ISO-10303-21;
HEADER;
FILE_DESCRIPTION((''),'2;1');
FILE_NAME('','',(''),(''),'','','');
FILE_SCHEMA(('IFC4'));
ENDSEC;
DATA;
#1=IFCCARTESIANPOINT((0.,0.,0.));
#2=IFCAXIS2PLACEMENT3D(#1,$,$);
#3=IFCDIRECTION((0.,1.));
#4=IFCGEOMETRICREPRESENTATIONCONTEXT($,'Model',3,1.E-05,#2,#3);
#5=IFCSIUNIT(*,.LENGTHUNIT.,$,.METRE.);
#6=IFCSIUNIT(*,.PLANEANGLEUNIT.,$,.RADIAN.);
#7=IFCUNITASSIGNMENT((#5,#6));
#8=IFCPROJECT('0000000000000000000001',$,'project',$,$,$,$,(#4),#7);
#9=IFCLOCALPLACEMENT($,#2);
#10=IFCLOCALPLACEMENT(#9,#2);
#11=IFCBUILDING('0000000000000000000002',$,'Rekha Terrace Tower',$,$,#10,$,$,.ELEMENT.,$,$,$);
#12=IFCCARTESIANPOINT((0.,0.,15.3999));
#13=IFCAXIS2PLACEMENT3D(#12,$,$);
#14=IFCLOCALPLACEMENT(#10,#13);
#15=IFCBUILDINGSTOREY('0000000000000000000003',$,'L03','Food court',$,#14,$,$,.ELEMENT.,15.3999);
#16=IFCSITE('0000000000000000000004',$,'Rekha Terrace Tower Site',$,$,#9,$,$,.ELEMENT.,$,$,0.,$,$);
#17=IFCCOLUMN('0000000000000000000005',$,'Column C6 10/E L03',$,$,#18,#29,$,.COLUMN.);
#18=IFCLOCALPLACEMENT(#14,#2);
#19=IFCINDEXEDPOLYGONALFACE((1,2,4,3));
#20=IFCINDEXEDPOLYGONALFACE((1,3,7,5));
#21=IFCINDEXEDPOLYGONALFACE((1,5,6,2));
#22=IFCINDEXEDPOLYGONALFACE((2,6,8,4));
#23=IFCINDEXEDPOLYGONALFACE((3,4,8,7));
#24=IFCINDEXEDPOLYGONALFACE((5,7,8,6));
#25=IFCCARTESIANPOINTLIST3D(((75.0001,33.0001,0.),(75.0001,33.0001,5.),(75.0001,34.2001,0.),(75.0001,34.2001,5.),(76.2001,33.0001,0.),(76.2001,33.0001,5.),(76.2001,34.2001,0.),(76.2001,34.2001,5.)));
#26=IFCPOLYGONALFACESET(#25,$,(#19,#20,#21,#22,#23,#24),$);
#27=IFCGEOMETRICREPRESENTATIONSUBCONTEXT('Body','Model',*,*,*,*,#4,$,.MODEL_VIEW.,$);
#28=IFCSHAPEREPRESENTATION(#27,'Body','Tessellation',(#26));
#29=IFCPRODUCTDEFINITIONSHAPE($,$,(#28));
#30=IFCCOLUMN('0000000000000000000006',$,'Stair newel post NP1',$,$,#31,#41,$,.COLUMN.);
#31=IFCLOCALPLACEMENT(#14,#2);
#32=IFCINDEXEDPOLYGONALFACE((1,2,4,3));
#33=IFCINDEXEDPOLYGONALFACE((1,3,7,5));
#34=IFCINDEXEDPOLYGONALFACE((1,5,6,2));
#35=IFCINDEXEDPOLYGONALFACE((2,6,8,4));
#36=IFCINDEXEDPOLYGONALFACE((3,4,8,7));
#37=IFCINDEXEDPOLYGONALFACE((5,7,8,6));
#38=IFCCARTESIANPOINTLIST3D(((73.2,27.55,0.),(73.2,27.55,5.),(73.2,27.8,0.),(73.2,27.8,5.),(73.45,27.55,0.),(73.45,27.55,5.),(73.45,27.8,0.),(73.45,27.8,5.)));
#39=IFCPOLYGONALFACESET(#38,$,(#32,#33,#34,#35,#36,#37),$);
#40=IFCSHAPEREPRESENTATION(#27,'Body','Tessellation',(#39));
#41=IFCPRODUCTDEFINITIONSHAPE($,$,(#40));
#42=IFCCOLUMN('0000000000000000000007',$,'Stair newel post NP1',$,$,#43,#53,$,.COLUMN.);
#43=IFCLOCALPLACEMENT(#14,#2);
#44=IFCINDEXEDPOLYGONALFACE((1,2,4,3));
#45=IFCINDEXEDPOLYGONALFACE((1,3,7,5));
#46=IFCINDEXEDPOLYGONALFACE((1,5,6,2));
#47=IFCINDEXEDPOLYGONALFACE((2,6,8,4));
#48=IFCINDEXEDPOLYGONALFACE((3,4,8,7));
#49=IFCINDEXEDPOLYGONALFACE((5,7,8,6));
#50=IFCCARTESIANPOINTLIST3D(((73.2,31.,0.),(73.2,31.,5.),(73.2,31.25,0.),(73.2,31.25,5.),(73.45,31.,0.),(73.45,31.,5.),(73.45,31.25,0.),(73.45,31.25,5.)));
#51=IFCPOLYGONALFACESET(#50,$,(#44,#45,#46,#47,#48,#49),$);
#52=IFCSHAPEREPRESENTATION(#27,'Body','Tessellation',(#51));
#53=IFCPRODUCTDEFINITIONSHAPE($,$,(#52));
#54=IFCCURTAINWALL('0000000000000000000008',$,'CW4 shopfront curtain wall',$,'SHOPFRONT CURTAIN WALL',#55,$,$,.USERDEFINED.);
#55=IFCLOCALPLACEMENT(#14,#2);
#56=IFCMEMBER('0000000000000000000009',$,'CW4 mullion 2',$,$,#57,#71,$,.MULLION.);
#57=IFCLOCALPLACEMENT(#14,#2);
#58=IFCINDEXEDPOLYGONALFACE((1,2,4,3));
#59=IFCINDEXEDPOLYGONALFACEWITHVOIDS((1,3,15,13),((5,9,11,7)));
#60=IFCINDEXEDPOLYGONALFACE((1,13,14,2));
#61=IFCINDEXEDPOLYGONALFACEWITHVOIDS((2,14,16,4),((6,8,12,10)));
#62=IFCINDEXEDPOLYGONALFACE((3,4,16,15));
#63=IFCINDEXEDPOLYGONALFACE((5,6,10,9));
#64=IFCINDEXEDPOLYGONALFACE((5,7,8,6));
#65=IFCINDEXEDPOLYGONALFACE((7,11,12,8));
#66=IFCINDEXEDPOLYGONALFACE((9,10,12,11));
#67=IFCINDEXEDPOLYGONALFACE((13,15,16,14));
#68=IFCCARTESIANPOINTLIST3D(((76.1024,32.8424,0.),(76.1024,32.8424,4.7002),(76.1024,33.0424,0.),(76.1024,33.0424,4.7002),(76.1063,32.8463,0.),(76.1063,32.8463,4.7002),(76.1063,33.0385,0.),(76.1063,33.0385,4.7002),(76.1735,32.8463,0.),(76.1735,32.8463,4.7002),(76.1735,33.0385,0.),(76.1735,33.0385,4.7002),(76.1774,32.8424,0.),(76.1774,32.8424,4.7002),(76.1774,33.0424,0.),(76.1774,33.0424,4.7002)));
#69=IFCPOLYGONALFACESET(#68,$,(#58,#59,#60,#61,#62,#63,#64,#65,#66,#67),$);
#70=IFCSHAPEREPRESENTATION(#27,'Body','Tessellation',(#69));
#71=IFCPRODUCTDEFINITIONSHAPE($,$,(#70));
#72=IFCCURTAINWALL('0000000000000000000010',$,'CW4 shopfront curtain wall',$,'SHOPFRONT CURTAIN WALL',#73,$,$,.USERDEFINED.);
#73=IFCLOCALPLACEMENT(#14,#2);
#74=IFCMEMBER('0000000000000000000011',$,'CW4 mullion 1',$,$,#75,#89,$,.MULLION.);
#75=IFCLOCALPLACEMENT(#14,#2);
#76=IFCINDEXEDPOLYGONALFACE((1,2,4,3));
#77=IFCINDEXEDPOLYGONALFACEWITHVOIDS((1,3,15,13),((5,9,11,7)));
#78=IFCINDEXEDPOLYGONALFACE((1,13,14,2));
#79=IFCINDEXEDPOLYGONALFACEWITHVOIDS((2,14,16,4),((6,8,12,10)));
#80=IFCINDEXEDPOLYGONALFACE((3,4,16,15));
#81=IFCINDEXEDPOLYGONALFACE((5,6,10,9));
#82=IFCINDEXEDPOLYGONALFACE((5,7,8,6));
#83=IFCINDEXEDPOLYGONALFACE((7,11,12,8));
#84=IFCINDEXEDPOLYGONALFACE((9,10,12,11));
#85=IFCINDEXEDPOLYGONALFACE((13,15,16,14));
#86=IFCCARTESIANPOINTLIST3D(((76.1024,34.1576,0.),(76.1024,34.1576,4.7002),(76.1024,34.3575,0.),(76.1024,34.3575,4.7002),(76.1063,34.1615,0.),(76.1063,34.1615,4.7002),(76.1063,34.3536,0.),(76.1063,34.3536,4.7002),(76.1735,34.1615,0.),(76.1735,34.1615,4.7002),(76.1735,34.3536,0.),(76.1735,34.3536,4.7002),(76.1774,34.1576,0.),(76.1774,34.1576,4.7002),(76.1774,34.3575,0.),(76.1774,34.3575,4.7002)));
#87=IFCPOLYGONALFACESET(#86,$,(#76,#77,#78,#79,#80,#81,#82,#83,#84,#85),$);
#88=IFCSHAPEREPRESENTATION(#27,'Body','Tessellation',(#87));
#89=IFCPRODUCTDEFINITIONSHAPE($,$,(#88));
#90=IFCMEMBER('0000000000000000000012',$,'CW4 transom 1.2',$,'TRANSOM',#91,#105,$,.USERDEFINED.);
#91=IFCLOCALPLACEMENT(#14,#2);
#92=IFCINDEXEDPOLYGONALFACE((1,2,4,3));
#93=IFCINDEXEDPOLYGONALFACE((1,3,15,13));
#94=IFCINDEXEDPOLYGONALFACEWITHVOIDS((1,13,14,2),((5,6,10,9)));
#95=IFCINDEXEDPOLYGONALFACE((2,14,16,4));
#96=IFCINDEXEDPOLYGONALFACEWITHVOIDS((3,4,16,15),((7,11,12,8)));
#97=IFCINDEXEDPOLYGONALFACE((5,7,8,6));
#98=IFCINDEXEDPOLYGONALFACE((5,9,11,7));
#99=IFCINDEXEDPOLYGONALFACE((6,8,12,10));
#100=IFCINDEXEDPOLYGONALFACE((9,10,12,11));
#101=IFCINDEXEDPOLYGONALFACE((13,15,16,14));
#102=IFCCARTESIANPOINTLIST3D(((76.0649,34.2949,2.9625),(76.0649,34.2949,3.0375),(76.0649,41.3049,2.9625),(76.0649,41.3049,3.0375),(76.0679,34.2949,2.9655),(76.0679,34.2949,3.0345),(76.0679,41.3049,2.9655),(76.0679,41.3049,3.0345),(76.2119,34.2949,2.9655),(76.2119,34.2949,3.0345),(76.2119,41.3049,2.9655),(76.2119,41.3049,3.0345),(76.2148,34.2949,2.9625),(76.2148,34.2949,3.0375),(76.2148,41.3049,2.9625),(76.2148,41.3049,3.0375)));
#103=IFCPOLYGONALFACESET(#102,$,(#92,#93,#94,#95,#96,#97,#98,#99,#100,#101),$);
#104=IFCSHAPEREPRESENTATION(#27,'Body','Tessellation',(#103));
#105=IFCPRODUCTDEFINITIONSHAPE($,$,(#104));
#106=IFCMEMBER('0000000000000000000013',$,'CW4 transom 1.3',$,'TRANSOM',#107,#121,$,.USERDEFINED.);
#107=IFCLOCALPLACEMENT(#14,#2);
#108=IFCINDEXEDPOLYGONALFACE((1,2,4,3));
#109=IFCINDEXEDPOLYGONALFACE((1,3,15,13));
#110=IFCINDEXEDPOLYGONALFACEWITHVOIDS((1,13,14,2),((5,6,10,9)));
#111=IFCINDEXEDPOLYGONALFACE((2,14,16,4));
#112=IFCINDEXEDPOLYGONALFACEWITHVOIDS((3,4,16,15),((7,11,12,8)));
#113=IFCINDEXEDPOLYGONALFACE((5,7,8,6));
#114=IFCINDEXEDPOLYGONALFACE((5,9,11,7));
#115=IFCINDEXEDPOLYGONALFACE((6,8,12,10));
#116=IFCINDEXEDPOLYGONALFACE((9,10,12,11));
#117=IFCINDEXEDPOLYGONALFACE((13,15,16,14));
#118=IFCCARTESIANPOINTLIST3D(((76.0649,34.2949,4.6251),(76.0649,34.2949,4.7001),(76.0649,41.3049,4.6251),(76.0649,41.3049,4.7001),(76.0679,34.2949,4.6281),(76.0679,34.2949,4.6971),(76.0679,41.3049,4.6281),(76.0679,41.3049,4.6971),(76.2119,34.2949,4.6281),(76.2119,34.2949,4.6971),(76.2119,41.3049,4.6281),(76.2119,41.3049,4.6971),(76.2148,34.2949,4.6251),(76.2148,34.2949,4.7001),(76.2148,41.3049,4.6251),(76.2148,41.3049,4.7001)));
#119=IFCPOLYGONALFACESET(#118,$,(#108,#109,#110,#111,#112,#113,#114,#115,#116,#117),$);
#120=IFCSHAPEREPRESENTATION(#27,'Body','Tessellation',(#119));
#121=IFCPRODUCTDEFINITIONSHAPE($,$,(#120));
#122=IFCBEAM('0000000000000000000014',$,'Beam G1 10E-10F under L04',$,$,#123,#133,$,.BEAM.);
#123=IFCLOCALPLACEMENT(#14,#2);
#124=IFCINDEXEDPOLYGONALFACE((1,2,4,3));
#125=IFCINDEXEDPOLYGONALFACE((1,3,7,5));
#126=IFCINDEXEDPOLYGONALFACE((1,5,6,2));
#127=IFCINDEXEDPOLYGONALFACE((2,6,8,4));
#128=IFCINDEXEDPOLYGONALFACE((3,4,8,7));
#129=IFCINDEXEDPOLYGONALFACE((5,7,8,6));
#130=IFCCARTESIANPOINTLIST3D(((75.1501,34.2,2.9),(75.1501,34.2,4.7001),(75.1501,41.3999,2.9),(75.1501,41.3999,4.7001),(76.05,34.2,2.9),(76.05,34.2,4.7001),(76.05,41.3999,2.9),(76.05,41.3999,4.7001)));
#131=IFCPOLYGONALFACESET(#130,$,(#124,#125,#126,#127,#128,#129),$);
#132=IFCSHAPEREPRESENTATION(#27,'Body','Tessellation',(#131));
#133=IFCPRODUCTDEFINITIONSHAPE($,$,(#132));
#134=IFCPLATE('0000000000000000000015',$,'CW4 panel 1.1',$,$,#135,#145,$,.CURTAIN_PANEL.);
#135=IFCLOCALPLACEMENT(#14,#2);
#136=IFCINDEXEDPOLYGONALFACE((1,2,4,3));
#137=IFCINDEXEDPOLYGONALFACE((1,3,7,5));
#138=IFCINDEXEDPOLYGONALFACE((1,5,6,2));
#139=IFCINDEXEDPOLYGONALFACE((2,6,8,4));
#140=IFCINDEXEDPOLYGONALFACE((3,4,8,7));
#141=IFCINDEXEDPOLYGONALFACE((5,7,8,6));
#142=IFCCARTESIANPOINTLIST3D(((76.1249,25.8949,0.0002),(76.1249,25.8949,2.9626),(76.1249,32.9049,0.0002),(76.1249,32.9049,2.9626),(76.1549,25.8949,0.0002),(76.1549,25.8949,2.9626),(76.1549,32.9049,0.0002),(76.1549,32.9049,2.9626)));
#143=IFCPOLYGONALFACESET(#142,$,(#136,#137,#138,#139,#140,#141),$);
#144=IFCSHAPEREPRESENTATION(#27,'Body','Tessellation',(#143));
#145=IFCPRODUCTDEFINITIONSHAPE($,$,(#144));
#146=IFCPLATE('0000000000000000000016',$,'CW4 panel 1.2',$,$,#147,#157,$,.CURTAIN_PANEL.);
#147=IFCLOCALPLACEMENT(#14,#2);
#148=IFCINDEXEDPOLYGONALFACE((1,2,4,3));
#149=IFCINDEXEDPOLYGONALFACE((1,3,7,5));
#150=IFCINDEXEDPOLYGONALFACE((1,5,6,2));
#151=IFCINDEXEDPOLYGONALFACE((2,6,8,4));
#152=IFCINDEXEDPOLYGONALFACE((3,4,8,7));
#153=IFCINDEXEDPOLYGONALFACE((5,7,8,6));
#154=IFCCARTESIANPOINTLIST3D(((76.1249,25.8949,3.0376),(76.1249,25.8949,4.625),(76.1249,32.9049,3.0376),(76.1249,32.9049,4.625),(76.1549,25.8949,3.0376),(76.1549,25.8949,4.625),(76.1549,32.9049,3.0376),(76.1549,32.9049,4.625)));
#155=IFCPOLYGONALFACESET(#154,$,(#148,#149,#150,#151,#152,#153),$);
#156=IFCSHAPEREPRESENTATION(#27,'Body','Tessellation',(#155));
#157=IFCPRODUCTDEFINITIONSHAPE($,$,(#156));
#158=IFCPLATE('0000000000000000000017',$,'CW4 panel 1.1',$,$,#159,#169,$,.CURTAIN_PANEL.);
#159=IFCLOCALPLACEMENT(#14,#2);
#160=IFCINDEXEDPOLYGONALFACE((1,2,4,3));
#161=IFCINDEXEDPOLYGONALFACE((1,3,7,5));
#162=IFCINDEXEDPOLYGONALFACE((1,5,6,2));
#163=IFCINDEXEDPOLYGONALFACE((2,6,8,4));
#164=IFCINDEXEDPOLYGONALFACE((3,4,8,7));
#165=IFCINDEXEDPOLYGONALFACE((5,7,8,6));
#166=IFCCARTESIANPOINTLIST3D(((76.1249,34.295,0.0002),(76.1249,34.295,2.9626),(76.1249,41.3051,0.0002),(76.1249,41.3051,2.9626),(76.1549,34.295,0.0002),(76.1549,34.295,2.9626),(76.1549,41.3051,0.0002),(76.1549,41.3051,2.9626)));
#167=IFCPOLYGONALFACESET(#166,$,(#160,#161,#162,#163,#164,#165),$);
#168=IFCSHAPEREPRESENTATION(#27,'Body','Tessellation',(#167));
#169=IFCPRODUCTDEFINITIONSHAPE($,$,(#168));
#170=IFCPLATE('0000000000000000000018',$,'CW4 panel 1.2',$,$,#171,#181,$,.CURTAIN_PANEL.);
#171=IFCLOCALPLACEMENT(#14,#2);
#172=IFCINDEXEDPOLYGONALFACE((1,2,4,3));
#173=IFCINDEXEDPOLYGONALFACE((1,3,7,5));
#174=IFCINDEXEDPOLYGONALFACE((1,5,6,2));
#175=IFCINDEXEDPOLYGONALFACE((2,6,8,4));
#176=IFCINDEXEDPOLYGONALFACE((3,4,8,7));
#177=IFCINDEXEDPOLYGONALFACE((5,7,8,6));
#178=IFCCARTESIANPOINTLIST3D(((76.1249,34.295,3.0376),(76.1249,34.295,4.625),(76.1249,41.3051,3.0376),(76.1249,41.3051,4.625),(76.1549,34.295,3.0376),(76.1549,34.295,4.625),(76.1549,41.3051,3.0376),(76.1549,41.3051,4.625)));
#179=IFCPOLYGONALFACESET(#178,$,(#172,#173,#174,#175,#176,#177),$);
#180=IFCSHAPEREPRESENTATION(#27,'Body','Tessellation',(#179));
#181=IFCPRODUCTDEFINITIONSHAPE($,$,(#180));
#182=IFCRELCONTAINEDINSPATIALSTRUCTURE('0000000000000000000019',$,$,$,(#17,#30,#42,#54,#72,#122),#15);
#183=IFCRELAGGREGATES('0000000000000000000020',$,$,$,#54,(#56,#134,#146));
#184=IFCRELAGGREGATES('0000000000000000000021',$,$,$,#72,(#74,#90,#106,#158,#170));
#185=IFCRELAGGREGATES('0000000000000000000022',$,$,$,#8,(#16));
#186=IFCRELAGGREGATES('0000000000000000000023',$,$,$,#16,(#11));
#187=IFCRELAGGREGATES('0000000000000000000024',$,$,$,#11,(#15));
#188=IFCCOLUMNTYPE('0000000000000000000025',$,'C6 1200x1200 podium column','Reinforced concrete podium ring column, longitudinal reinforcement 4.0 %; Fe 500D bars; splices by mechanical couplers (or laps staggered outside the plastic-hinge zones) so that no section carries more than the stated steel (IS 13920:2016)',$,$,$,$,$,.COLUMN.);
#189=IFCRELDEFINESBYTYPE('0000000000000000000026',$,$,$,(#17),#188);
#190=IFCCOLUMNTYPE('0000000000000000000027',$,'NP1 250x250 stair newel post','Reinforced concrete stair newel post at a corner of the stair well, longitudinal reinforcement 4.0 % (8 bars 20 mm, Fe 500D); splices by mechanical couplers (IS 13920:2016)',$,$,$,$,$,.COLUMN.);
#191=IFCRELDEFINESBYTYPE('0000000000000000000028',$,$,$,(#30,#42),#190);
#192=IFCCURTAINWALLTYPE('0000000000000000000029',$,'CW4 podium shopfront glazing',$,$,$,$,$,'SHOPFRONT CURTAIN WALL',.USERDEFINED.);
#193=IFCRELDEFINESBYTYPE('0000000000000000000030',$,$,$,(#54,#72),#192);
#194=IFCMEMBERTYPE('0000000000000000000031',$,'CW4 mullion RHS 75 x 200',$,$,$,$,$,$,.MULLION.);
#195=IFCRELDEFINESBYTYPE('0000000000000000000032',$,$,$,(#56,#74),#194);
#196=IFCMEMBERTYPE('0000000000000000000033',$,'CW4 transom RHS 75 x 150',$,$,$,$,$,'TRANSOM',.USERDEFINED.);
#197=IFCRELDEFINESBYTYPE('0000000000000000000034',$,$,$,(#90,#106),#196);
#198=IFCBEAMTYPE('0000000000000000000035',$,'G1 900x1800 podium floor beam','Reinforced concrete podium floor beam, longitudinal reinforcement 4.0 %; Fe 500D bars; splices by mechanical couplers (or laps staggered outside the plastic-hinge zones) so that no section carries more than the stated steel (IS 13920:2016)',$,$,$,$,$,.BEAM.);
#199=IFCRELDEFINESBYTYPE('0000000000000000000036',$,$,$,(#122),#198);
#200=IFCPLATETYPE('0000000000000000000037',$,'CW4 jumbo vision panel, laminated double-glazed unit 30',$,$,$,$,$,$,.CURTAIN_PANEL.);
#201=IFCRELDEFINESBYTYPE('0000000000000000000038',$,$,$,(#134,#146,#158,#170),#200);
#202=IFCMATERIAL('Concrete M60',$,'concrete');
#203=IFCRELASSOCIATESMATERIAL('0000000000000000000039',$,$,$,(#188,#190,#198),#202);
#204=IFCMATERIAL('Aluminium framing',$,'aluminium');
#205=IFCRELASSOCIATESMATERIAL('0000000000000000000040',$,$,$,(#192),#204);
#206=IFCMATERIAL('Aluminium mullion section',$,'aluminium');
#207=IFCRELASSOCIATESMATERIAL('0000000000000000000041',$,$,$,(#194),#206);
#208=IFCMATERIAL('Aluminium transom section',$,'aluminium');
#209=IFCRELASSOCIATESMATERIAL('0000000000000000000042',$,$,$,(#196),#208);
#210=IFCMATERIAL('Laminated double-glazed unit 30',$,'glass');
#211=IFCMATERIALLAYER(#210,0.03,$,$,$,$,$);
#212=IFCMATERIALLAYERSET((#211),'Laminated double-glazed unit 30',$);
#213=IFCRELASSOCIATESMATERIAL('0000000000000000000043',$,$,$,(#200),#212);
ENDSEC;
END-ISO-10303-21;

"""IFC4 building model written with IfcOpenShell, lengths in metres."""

from ifc_helpers import new_model, si_unit, direction, frame, origin, origin_2d, place, context, subcontext, project, spatial, rectangle, hollow_rectangle, extrude, material, layer, layer_set, material_profile, profile_set, type_object, element, aggregate, save


model = new_model("IFC4")

# Units and contexts
model_context = context("Model", 3, precision=1e-05, world=origin(), true_north=direction((0.0, 1.0)))
body_context = subcontext(model_context, "Body", "Model", "MODEL_VIEW")
ifc_project = project(units=[si_unit("LENGTHUNIT", "METRE"), si_unit("PLANEANGLEUNIT", "RADIAN")], contexts=[model_context])

# Site, building, storey
site_placement = place(None, origin())
site = spatial("IfcSite", under=ifc_project, at=site_placement, Name="Rekha Terrace Tower Site", CompositionType="ELEMENT", RefElevation=0.0)
building_placement = place(site_placement, origin())
building = spatial("IfcBuilding", under=site, at=building_placement, Name="Rekha Terrace Tower", CompositionType="ELEMENT")
storey_placement = place(building_placement, frame((0.0, 0.0, 15.3999)))
storey = spatial("IfcBuildingStorey", under=building, at=storey_placement, Name="L03", Description="Food court", CompositionType="ELEMENT", Elevation=15.3999)

# Columns
ifc_material_1 = material(Name="Concrete M60", Category="concrete")
ifc_material_profile_1 = material_profile(ifc_material_1, rectangle(XDim=1.2, YDim=1.2, at=origin_2d()), Name="RC 1200x1200")
ifc_profile_set_1 = profile_set([ifc_material_profile_1], Name="Concrete M60")
column_type_1 = type_object("IfcColumnType", Name="C6 1200x1200 podium column", Description="Reinforced concrete podium ring column, longitudinal reinforcement 4.0 %; Fe 500D bars; splices by mechanical couplers (or laps staggered outside the plastic-hinge zones) so that no section carries more than the stated steel (IS 13920:2016)", PredefinedType="COLUMN", material=ifc_profile_set_1)
column_placement = place(storey_placement, frame((75.6001, 33.6001, 0.0), z_axis=(0.0, 0.0, 1.0), x_axis=(1.0, 0.0, 0.0)))
element("IfcColumn", 1, at=column_placement, inside=storey, type_object=column_type_1, Name="Column C6 10/E L03", PredefinedType="COLUMN", context=body_context, shape_type="SweptSolid", body=[
    extrude(rectangle(XDim=1.2, YDim=1.2, at=origin_2d()), origin(), (0.0, 0.0, 1.0), 5.0),
])
ifc_material_profile_2 = material_profile(ifc_material_1, rectangle(XDim=0.25, YDim=0.25, at=origin_2d()), Name="RC 250x250")
ifc_profile_set_2 = profile_set([ifc_material_profile_2], Name="Concrete M60")
column_type_2 = type_object("IfcColumnType", Name="NP1 250x250 stair newel post", Description="Reinforced concrete stair newel post at a corner of the stair well, longitudinal reinforcement 4.0 % (8 bars 20 mm, Fe 500D); splices by mechanical couplers (IS 13920:2016)", PredefinedType="COLUMN", material=ifc_profile_set_2)
for number, where, z_axis, x_axis, name in (
    (2, (73.325, 27.675, 0.0), (0.0, 0.0, 1.0), (1.0, 0.0, 0.0), "Stair newel post NP1"),
    (3, (73.325, 31.125, 0.0), (0.0, 0.0, 1.0), (1.0, 0.0, 0.0), "Stair newel post NP1"),
):
    element("IfcColumn", number, at=place(storey_placement, frame(where, z_axis=z_axis, x_axis=x_axis)), inside=storey, type_object=column_type_2, Name=name, PredefinedType="COLUMN", context=body_context, shape_type="SweptSolid", body=[
        extrude(rectangle(XDim=0.25, YDim=0.25, at=origin_2d()), origin(), (0.0, 0.0, 1.0), 5.0),
    ])

# Curtain wall, member
ifc_material_2 = material(Name="Aluminium framing", Category="aluminium")
curtain_wall_type = type_object("IfcCurtainWallType", Name="CW4 podium shopfront glazing", ElementType="SHOPFRONT CURTAIN WALL", PredefinedType="USERDEFINED", material=ifc_material_2)
curtain_wall_1_placement = place(storey_placement, origin())
curtain_wall_1 = element("IfcCurtainWall", 4, at=curtain_wall_1_placement, inside=storey, type_object=curtain_wall_type, Name="CW4 shopfront curtain wall", ObjectType="SHOPFRONT CURTAIN WALL", PredefinedType="USERDEFINED")
ifc_material_3 = material(Name="Aluminium mullion section", Category="aluminium")
ifc_material_profile_3 = material_profile(ifc_material_3, hollow_rectangle(XDim=0.075, YDim=0.2, WallThickness=0.0039, at=origin_2d()), Name="AL RHS 75x200")
ifc_profile_set_3 = profile_set([ifc_material_profile_3], Name="Aluminium mullion section")
member_type_1 = type_object("IfcMemberType", Name="CW4 mullion RHS 75 x 200", PredefinedType="MULLION", material=ifc_profile_set_3)
member_1_placement = place(storey_placement, frame((76.1399, 32.9424, 0.0), z_axis=(0.0, 0.0, 1.0), x_axis=(-1.0, 0.0, 0.0)))
member_1 = element("IfcMember", 5, at=member_1_placement, type_object=member_type_1, Name="CW4 mullion 2", PredefinedType="MULLION", context=body_context, shape_type="SweptSolid", body=[
    extrude(hollow_rectangle(XDim=0.075, YDim=0.2, WallThickness=0.0039, at=origin_2d()), origin(), (0.0, 0.0, 1.0), 4.7002),
])

# Curtain wall, members
curtain_wall_2_placement = place(storey_placement, origin())
curtain_wall_2 = element("IfcCurtainWall", 6, at=curtain_wall_2_placement, inside=storey, type_object=curtain_wall_type, Name="CW4 shopfront curtain wall", ObjectType="SHOPFRONT CURTAIN WALL", PredefinedType="USERDEFINED")
member_2_placement = place(storey_placement, frame((76.1399, 34.2576, 0.0), z_axis=(0.0, 0.0, 1.0), x_axis=(-1.0, 0.0, 0.0)))
member_2 = element("IfcMember", 7, at=member_2_placement, type_object=member_type_1, Name="CW4 mullion 1", PredefinedType="MULLION", context=body_context, shape_type="SweptSolid", body=[
    extrude(hollow_rectangle(XDim=0.075, YDim=0.2, WallThickness=0.0039, at=origin_2d()), origin(), (0.0, 0.0, 1.0), 4.7002),
])
ifc_material_4 = material(Name="Aluminium transom section", Category="aluminium")
ifc_material_profile_4 = material_profile(ifc_material_4, hollow_rectangle(XDim=0.1499, YDim=0.075, WallThickness=0.0029, at=origin_2d()), Name="AL RHS 150x75")
ifc_profile_set_4 = profile_set([ifc_material_profile_4], Name="Aluminium transom section")
member_type_2 = type_object("IfcMemberType", Name="CW4 transom RHS 75 x 150", ElementType="TRANSOM", PredefinedType="USERDEFINED", material=ifc_profile_set_4)
member_3_placement = place(storey_placement, frame((76.1399, 34.2949, 3.0), z_axis=(0.0, 1.0, 0.0), x_axis=(-1.0, 0.0, 0.0)))
member_3 = element("IfcMember", 8, at=member_3_placement, type_object=member_type_2, Name="CW4 transom 1.2", ObjectType="TRANSOM", PredefinedType="USERDEFINED", context=body_context, shape_type="SweptSolid", body=[
    extrude(hollow_rectangle(XDim=0.1499, YDim=0.075, WallThickness=0.0029, at=origin_2d()), origin(), (0.0, 0.0, 1.0), 7.01),
])
member_4_placement = place(storey_placement, frame((76.1399, 34.2949, 4.6626), z_axis=(0.0, 1.0, 0.0), x_axis=(-1.0, 0.0, 0.0)))
member_4 = element("IfcMember", 9, at=member_4_placement, type_object=member_type_2, Name="CW4 transom 1.3", ObjectType="TRANSOM", PredefinedType="USERDEFINED", context=body_context, shape_type="SweptSolid", body=[
    extrude(hollow_rectangle(XDim=0.1499, YDim=0.075, WallThickness=0.0029, at=origin_2d()), origin(), (0.0, 0.0, 1.0), 7.01),
])

# Beam
ifc_material_profile_5 = material_profile(ifc_material_1, rectangle(XDim=0.8999, YDim=1.8, at=origin_2d()), Name="RC 900x1800")
ifc_profile_set_5 = profile_set([ifc_material_profile_5], Name="Concrete M60")
beam_type = type_object("IfcBeamType", Name="G1 900x1800 podium floor beam", Description="Reinforced concrete podium floor beam, longitudinal reinforcement 4.0 %; Fe 500D bars; splices by mechanical couplers (or laps staggered outside the plastic-hinge zones) so that no section carries more than the stated steel (IS 13920:2016)", PredefinedType="BEAM", material=ifc_profile_set_5)
beam_placement = place(storey_placement, frame((75.6001, 34.2, 3.8), z_axis=(0.0, 1.0, 0.0), x_axis=(-1.0, 0.0, 0.0)))
element("IfcBeam", 10, at=beam_placement, inside=storey, type_object=beam_type, Name="Beam G1 10E-10F under L04", PredefinedType="BEAM", context=body_context, shape_type="SweptSolid", body=[
    extrude(rectangle(XDim=0.8999, YDim=1.8, at=origin_2d()), origin(), (0.0, 0.0, 1.0), 7.2),
])

# Plates
ifc_material_5 = material(Name="Laminated double-glazed unit 30", Category="glass")
ifc_layer_1 = layer(ifc_material_5, 0.03)
ifc_layer_set_1 = layer_set([ifc_layer_1], Name="Laminated double-glazed unit 30")
plate_type = type_object("IfcPlateType", Name="CW4 jumbo vision panel, laminated double-glazed unit 30", PredefinedType="CURTAIN_PANEL", material=ifc_layer_set_1)
plate_1_placement = place(storey_placement, frame((76.1399, 29.3999, 0.0002), z_axis=(0.0, 0.0, 1.0), x_axis=(0.0, 1.0, 0.0)))
plate_1 = element("IfcPlate", 11, at=plate_1_placement, type_object=plate_type, Name="CW4 panel 1.1", PredefinedType="CURTAIN_PANEL", context=body_context, shape_type="SweptSolid", body=[
    extrude(rectangle(XDim=7.01, YDim=0.03, at=origin_2d()), origin(), (0.0, 0.0, 1.0), 2.9624),
])
plate_2_placement = place(storey_placement, frame((76.1399, 29.3999, 3.0376), z_axis=(0.0, 0.0, 1.0), x_axis=(0.0, 1.0, 0.0)))
plate_2 = element("IfcPlate", 12, at=plate_2_placement, type_object=plate_type, Name="CW4 panel 1.2", PredefinedType="CURTAIN_PANEL", context=body_context, shape_type="SweptSolid", body=[
    extrude(rectangle(XDim=7.01, YDim=0.03, at=origin_2d()), origin(), (0.0, 0.0, 1.0), 1.5874),
])
aggregate(curtain_wall_1, [member_1, plate_1, plate_2])
plate_3_placement = place(storey_placement, frame((76.1399, 37.8, 0.0002), z_axis=(0.0, 0.0, 1.0), x_axis=(0.0, 1.0, 0.0)))
plate_3 = element("IfcPlate", 13, at=plate_3_placement, type_object=plate_type, Name="CW4 panel 1.1", PredefinedType="CURTAIN_PANEL", context=body_context, shape_type="SweptSolid", body=[
    extrude(rectangle(XDim=7.01, YDim=0.03, at=origin_2d()), origin(), (0.0, 0.0, 1.0), 2.9624),
])
plate_4_placement = place(storey_placement, frame((76.1399, 37.8, 3.0376), z_axis=(0.0, 0.0, 1.0), x_axis=(0.0, 1.0, 0.0)))
plate_4 = element("IfcPlate", 14, at=plate_4_placement, type_object=plate_type, Name="CW4 panel 1.2", PredefinedType="CURTAIN_PANEL", context=body_context, shape_type="SweptSolid", body=[
    extrude(rectangle(XDim=7.01, YDim=0.03, at=origin_2d()), origin(), (0.0, 0.0, 1.0), 1.5874),
])
aggregate(curtain_wall_2, [member_2, member_3, member_4, plate_3, plate_4])

save(model, "model.ifc")
